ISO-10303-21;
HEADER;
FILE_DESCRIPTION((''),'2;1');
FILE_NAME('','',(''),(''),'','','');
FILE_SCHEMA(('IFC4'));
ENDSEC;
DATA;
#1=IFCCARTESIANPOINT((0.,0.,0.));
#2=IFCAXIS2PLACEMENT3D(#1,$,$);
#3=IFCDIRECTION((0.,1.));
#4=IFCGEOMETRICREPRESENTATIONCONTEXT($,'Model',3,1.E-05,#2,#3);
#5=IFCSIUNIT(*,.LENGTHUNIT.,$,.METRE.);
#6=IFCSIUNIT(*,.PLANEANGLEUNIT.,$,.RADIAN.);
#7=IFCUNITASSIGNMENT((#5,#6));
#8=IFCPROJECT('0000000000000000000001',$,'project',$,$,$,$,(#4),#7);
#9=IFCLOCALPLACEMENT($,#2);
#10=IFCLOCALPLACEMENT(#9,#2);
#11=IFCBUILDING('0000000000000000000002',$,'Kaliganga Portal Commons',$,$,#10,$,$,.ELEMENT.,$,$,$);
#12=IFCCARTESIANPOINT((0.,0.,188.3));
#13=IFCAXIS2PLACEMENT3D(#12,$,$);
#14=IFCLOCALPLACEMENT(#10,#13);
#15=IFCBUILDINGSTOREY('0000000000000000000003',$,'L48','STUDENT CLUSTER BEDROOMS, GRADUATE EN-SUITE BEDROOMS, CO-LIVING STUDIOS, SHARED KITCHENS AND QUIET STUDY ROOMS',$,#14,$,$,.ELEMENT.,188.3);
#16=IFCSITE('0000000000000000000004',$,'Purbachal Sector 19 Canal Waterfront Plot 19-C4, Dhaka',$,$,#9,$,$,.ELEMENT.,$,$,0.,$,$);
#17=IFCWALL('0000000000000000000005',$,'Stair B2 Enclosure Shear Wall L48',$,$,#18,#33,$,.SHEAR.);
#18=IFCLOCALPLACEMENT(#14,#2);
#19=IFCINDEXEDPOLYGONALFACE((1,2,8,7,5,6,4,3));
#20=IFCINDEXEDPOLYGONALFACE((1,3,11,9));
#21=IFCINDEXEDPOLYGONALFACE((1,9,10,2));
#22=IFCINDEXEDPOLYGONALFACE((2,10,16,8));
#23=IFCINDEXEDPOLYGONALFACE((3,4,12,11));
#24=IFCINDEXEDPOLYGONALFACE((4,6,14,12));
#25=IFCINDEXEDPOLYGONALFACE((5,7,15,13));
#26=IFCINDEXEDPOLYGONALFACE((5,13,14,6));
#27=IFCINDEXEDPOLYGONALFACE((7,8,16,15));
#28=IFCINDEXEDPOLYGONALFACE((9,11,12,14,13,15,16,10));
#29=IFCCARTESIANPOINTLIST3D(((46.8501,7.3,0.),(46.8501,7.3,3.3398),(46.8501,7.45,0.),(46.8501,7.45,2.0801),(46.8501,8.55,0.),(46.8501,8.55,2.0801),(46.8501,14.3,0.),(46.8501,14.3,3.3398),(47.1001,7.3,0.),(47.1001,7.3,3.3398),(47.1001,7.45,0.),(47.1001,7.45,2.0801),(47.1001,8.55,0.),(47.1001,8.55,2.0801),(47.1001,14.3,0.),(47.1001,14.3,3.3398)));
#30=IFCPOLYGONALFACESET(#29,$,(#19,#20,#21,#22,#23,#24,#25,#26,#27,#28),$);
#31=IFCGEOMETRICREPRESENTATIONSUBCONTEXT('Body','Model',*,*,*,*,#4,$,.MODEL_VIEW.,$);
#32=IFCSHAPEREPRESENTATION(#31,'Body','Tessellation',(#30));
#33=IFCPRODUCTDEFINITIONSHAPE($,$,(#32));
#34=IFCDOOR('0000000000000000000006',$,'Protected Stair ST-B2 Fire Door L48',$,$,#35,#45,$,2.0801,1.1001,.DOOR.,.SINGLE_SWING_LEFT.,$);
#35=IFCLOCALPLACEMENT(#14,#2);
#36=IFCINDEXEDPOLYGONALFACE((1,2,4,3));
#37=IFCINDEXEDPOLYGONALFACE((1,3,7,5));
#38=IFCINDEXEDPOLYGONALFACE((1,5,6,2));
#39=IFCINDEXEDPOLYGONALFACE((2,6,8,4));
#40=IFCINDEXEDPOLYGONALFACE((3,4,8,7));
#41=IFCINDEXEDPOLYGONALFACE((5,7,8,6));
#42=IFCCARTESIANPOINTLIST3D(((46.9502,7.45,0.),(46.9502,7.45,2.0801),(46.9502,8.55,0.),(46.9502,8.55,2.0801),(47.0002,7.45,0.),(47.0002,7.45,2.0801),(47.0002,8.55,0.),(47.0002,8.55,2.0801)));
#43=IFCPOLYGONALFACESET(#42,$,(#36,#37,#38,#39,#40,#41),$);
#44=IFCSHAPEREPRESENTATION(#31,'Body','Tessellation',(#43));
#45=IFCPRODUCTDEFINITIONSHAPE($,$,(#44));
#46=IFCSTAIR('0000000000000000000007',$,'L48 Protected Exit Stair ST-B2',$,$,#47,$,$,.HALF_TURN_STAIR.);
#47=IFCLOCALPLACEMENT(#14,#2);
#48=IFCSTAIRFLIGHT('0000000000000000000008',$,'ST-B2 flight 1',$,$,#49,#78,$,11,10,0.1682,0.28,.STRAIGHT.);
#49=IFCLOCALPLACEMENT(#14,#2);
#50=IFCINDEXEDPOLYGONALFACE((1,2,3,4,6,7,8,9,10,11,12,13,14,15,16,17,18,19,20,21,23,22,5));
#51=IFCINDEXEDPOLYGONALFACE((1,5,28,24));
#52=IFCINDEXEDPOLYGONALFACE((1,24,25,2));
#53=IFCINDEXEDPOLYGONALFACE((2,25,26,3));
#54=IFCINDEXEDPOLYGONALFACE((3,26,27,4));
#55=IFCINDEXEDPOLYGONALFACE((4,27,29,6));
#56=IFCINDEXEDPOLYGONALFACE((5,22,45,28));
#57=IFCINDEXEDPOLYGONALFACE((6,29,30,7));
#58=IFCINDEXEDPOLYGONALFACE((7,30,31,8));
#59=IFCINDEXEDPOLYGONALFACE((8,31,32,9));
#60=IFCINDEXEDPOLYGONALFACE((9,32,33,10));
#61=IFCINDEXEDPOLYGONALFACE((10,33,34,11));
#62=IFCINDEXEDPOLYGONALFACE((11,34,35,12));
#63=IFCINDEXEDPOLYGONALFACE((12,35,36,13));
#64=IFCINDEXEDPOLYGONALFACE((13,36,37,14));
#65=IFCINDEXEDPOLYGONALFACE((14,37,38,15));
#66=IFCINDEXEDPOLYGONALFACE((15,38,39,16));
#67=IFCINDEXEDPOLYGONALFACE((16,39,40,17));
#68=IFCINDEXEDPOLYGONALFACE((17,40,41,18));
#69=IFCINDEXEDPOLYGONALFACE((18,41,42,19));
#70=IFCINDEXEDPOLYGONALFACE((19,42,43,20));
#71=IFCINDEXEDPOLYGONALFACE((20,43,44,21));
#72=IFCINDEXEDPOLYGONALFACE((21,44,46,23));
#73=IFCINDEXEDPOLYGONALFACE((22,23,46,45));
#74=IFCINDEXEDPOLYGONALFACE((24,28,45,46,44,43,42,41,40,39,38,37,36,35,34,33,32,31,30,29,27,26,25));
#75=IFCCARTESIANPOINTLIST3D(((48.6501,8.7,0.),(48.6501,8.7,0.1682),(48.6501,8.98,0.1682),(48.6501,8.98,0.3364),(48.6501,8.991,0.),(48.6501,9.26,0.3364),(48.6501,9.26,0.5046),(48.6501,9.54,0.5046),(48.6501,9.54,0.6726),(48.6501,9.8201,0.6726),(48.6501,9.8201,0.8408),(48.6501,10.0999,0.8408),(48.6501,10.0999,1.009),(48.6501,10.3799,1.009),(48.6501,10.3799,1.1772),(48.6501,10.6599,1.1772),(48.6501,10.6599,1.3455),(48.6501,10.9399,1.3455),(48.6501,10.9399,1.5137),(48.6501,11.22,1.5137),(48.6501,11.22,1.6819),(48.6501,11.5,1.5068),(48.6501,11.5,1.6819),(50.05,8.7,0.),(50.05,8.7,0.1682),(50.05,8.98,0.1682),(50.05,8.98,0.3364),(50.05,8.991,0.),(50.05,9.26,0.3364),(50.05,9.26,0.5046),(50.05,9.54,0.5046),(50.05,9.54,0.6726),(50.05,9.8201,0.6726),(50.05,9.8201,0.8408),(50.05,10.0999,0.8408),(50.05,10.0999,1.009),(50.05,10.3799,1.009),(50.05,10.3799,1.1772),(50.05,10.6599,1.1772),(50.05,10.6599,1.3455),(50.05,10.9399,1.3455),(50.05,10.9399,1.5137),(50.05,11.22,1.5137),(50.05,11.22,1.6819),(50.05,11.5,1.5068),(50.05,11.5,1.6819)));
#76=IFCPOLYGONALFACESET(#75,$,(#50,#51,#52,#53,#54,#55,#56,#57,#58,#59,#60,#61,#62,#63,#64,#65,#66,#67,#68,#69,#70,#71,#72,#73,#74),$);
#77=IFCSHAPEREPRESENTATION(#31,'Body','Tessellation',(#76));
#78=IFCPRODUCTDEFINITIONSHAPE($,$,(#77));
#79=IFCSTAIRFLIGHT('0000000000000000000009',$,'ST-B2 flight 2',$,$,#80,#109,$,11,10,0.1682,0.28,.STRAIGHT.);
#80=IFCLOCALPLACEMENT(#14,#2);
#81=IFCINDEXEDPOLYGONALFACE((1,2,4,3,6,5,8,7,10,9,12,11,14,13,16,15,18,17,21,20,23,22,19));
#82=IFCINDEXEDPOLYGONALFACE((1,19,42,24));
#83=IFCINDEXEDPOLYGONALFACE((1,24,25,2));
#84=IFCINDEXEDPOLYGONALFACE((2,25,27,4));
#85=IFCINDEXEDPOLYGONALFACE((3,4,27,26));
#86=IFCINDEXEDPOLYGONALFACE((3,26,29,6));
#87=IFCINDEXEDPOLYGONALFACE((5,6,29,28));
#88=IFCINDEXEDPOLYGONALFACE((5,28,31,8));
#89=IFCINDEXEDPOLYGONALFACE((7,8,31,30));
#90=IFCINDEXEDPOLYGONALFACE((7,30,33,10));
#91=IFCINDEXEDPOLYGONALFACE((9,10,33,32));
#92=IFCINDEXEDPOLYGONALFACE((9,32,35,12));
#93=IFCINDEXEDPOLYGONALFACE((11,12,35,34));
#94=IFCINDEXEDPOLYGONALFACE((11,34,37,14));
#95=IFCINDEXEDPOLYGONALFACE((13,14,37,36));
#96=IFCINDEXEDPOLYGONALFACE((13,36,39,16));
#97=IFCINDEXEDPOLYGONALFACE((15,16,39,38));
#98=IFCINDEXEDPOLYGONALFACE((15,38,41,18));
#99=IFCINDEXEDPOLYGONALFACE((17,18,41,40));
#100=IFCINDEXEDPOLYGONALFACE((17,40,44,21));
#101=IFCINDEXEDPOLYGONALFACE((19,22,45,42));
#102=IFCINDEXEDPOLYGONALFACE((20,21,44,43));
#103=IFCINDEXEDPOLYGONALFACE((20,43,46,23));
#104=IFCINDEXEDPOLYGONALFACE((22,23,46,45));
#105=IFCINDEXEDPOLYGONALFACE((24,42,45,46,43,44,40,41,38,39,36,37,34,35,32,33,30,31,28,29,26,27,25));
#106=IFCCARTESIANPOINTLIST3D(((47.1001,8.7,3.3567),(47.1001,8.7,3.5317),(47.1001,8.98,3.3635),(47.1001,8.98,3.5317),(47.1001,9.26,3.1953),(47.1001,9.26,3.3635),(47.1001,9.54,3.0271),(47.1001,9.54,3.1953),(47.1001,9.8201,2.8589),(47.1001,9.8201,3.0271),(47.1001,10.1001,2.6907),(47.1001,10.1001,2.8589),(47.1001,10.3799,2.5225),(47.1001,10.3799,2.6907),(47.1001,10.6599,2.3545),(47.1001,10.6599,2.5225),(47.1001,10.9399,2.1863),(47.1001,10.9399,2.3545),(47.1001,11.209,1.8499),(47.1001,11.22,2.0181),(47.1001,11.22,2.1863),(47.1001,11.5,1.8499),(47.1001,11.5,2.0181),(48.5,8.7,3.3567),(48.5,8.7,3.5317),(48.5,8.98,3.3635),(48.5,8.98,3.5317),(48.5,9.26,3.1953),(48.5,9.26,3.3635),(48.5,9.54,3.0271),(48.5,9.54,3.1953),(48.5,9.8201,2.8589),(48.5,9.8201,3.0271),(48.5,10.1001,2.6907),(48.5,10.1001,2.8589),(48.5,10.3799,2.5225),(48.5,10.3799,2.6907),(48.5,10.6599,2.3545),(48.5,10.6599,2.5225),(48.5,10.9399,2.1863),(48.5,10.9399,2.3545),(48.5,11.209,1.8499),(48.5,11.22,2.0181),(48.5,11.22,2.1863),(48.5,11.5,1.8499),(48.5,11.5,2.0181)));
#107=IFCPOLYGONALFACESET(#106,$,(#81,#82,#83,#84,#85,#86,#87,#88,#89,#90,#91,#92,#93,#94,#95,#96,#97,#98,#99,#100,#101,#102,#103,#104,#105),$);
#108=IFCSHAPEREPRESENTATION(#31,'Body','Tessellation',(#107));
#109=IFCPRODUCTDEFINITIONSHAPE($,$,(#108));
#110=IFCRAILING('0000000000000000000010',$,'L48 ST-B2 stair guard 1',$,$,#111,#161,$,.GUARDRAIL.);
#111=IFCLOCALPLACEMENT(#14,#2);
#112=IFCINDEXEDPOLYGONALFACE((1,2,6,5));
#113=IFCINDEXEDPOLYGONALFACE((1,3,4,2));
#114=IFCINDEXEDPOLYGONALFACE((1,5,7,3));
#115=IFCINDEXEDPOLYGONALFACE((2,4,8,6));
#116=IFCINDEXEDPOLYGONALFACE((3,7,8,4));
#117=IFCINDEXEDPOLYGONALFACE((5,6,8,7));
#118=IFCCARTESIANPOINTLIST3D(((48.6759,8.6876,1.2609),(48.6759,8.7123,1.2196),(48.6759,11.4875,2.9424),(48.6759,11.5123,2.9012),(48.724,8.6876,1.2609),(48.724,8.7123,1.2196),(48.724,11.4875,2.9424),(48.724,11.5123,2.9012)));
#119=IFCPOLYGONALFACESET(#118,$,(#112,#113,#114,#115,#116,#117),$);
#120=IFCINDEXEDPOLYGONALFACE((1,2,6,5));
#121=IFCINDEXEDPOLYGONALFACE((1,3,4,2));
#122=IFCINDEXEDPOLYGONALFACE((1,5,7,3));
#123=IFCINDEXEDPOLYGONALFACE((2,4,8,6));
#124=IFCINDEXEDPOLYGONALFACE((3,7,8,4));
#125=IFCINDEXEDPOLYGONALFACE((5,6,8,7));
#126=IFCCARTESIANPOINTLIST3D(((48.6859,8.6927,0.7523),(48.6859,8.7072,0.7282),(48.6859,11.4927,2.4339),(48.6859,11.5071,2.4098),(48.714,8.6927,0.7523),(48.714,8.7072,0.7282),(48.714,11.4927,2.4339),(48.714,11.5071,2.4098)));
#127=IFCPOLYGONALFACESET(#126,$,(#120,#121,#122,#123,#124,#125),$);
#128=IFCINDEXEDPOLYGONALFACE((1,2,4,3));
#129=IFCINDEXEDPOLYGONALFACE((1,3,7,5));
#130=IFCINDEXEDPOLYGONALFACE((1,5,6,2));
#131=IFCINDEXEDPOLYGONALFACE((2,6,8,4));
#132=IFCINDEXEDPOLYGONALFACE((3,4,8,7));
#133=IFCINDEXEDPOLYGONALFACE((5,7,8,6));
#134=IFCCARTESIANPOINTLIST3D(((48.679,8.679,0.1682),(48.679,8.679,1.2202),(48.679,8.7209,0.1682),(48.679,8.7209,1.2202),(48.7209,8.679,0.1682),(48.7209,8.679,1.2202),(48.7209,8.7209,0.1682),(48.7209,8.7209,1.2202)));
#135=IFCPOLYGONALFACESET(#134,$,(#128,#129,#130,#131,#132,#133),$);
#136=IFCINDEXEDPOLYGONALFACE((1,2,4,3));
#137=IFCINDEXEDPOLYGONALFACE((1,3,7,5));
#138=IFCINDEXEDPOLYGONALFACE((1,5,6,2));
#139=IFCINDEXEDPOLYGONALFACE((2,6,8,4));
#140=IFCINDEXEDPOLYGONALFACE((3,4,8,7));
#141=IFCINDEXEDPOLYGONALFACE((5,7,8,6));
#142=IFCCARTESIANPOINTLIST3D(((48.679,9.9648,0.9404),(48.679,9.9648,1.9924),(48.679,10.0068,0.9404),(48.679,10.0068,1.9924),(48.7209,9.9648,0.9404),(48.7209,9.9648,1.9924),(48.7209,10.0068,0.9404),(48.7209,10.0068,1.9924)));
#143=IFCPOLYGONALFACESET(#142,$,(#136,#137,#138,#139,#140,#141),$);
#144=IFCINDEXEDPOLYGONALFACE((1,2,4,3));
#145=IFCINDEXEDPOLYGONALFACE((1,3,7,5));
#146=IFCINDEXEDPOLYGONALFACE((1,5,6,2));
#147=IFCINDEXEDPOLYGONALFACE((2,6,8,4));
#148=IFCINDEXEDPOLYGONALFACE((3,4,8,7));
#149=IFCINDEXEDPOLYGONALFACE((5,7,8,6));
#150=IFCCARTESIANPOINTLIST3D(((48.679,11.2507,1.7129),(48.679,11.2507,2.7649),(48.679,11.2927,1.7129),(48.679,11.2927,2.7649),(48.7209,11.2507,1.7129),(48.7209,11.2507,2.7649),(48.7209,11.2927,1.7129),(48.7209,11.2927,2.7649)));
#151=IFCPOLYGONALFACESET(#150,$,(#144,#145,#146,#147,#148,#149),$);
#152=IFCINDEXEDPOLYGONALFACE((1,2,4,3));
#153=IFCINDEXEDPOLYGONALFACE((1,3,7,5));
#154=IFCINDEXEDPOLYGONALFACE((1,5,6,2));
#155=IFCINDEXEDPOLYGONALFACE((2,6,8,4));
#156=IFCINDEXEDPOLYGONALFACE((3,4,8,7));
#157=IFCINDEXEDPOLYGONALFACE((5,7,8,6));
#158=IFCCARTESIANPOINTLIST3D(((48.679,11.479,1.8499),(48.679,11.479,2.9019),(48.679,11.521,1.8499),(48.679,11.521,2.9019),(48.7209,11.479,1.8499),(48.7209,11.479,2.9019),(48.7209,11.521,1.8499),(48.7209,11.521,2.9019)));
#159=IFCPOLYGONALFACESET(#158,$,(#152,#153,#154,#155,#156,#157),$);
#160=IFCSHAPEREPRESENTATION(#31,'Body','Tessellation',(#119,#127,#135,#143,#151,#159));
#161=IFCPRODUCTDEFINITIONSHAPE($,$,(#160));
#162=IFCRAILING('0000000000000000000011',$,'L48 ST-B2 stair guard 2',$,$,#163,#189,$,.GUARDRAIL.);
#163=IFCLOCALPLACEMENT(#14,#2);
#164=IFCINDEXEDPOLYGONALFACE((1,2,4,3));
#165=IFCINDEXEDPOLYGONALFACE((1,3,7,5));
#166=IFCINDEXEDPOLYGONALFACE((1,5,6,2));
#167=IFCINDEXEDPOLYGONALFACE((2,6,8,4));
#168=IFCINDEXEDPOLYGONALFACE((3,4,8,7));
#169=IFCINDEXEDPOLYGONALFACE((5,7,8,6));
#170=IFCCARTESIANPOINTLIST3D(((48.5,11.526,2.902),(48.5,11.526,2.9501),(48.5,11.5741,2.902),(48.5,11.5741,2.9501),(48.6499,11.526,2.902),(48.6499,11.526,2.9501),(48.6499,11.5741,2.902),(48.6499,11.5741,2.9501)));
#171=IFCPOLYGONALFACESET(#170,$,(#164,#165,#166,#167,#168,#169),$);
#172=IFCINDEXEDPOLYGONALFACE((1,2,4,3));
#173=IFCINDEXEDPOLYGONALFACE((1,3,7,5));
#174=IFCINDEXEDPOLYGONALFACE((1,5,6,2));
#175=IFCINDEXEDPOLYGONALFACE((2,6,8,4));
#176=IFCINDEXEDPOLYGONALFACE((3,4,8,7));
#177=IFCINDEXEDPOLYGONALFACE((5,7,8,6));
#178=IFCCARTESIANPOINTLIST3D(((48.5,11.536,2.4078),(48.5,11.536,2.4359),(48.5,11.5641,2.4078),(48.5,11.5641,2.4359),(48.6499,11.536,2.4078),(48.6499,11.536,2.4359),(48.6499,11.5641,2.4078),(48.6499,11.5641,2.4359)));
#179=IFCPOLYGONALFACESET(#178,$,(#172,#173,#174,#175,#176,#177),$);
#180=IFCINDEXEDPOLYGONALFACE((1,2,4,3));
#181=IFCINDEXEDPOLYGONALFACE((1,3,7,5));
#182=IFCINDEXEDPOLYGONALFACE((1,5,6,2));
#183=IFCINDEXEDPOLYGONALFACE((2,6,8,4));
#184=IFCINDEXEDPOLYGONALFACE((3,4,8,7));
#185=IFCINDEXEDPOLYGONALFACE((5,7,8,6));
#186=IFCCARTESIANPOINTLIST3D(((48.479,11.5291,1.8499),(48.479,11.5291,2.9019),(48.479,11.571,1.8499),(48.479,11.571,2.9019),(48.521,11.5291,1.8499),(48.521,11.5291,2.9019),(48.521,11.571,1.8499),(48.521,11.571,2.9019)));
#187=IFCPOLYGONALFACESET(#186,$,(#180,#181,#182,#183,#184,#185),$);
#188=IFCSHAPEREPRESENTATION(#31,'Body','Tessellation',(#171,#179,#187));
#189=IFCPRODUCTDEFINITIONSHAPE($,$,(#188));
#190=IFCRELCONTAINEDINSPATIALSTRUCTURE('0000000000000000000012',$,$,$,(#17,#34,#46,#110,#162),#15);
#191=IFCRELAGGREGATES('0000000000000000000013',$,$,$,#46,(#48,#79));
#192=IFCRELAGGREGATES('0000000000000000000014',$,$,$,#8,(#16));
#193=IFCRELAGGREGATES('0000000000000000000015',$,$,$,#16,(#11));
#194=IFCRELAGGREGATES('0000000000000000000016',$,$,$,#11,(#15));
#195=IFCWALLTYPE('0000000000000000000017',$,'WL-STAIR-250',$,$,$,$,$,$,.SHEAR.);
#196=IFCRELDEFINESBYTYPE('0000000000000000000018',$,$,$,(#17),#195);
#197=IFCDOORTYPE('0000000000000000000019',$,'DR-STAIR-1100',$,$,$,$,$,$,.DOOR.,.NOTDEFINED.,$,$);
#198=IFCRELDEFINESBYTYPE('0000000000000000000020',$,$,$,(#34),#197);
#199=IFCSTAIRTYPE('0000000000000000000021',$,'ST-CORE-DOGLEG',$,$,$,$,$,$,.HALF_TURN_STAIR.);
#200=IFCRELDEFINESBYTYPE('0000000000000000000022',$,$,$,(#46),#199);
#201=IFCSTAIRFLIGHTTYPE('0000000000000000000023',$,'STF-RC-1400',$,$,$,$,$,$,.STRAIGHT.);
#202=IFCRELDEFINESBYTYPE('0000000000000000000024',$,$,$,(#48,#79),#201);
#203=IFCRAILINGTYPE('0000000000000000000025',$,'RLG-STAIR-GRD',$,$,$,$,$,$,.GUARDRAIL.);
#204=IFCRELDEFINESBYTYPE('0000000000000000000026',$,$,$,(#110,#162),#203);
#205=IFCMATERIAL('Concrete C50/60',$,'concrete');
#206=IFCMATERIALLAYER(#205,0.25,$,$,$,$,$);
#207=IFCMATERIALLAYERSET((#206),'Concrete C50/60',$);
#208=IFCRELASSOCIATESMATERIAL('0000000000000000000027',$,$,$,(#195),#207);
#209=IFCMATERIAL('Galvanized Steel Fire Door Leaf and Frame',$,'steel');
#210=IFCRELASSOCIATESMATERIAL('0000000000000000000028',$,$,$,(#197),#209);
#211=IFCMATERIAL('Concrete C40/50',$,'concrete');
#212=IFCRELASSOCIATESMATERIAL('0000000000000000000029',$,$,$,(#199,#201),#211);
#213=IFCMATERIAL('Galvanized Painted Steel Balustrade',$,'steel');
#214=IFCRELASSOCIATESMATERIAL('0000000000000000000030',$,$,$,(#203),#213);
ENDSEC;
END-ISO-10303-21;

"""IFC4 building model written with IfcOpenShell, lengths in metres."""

from ifc_helpers import new_model, si_unit, direction, frame, frame_2d, origin, origin_2d, place, context, subcontext, project, spatial, polyline, rectangle, outline, extrude, material, layer, layer_set, type_object, element, fill, aggregate, save


model = new_model("IFC4")

# Units and contexts
model_context = context("Model", 3, precision=1e-05, world=origin(), true_north=direction((0.0, 1.0)))
body_context = subcontext(model_context, "Body", "Model", "MODEL_VIEW")
ifc_project = project(units=[si_unit("LENGTHUNIT", "METRE"), si_unit("PLANEANGLEUNIT", "RADIAN")], contexts=[model_context])

# Site, building, storey
site_placement = place(None, origin())
site = spatial("IfcSite", under=ifc_project, at=site_placement, Name="Purbachal Sector 19 Canal Waterfront Plot 19-C4, Dhaka", CompositionType="ELEMENT", RefElevation=0.0)
building_placement = place(site_placement, origin())
building = spatial("IfcBuilding", under=site, at=building_placement, Name="Kaliganga Portal Commons", CompositionType="ELEMENT")
storey_placement = place(building_placement, frame((0.0, 0.0, 188.3)))
storey = spatial("IfcBuildingStorey", under=building, at=storey_placement, Name="L48", Description="STUDENT CLUSTER BEDROOMS, GRADUATE EN-SUITE BEDROOMS, CO-LIVING STUDIOS, SHARED KITCHENS AND QUIET STUDY ROOMS", CompositionType="ELEMENT", Elevation=188.3)

# Wall, opening, door
ifc_material_1 = material(Name="Concrete C50/60", Category="concrete")
ifc_layer_1 = layer(ifc_material_1, 0.25)
ifc_layer_set_1 = layer_set([ifc_layer_1], Name="Concrete C50/60")
wall_type_1 = type_object("IfcWallType", Name="WL-STAIR-250", PredefinedType="SHEAR", material=ifc_layer_set_1)
wall_1_placement = place(storey_placement, frame((46.9751, 7.3, 0.0), z_axis=(0.0, 0.0, 1.0), x_axis=(0.0, 1.0, 0.0)))
wall_1 = element("IfcWall", 1, at=wall_1_placement, inside=storey, type_object=wall_type_1, Name="Stair B2 Enclosure Shear Wall L48", PredefinedType="SHEAR", context=body_context, shape_type="SweptSolid", body=[
    extrude(rectangle(XDim=7.0, YDim=0.25, at=frame_2d((3.5, 0.0))), origin(), (0.0, 0.0, 1.0), 3.3398),
])
opening_1_placement = place(wall_1_placement, frame((0.1499, 0.0, 0.0)))
opening_1 = element("IfcOpeningElement", 2, at=opening_1_placement, cuts=wall_1, PredefinedType="OPENING", context=body_context, shape_type="SweptSolid", body=[
    extrude(rectangle(XDim=1.1001, YDim=2.0801, at=frame_2d((0.55, 1.04))), frame((0.0, 0.135, 0.0), z_axis=(0.0, -1.0, 0.0), x_axis=(1.0, 0.0, 0.0)), (0.0, 0.0, 1.0), 0.27),
])
ifc_material_2 = material(Name="Galvanized Steel Fire Door Leaf and Frame", Category="steel")
door_type_1 = type_object("IfcDoorType", Name="DR-STAIR-1100", OperationType="NOTDEFINED", PredefinedType="DOOR", material=ifc_material_2)
door_1_placement = place(opening_1_placement, origin())
door_1 = element("IfcDoor", 3, at=door_1_placement, inside=storey, type_object=door_type_1, Name="Protected Stair ST-B2 Fire Door L48", OperationType="SINGLE_SWING_LEFT", OverallHeight=2.0801, OverallWidth=1.1001, PredefinedType="DOOR", context=body_context, shape_type="SweptSolid", body=[
    extrude(rectangle(XDim=1.1001, YDim=2.0801, at=frame_2d((0.55, 1.04))), frame((0.0, 0.0249, 0.0), z_axis=(0.0, -1.0, 0.0), x_axis=(1.0, 0.0, 0.0)), (0.0, 0.0, 1.0), 0.05),
])
fill(opening_1, door_1)

# Stair, stair flights
ifc_material_3 = material(Name="Concrete C40/50", Category="concrete")
stair_type = type_object("IfcStairType", Name="ST-CORE-DOGLEG", PredefinedType="HALF_TURN_STAIR", material=ifc_material_3)
stair_placement = place(storey_placement, origin())
stair = element("IfcStair", 4, at=stair_placement, inside=storey, type_object=stair_type, Name="L48 Protected Exit Stair ST-B2", PredefinedType="HALF_TURN_STAIR")
stair_flight_type = type_object("IfcStairFlightType", Name="STF-RC-1400", PredefinedType="STRAIGHT", material=ifc_material_3)
stair_flight_1_placement = place(storey_placement, frame((49.3501, 8.7, 0.0), z_axis=(0.0, 0.0, 1.0), x_axis=(0.0, 1.0, 0.0)))
stair_flight_1 = element("IfcStairFlight", 5, at=stair_flight_1_placement, type_object=stair_flight_type, Name="ST-B2 flight 1", NumberOfRisers=11, NumberOfTreads=10, PredefinedType="STRAIGHT", RiserHeight=0.1682, TreadLength=0.28, context=body_context, shape_type="SweptSolid", body=[
    extrude(outline(polyline([(0.0, 0.0), (0.0, 0.1682), (0.28, 0.1682), (0.28, 0.3364), (0.5601, 0.3364), (0.5601, 0.5046), (0.8401, 0.5046), (0.8401, 0.6726), (1.1201, 0.6726), (1.1201, 0.8408), (1.3999, 0.8408), (1.3999, 1.009), (1.6799, 1.009), (1.6799, 1.1772), (1.96, 1.1772), (1.96, 1.3455), (2.24, 1.3455), (2.24, 1.5137), (2.52, 1.5137), (2.52, 1.6819), (2.8, 1.6819), (2.8, 1.8501), (2.8, 1.5068), (0.291, 0.0), (0.0, 0.0)])), frame((0.0, 0.7, 0.0), z_axis=(0.0, -1.0, 0.0), x_axis=(1.0, 0.0, 0.0)), (0.0, 0.0, 1.0), 1.3999),
])
stair_flight_2_placement = place(storey_placement, frame((47.8, 11.5, 1.8499), z_axis=(0.0, 0.0, 1.0), x_axis=(0.0, -1.0, 0.0)))
stair_flight_2 = element("IfcStairFlight", 6, at=stair_flight_2_placement, type_object=stair_flight_type, Name="ST-B2 flight 2", NumberOfRisers=11, NumberOfTreads=10, PredefinedType="STRAIGHT", RiserHeight=0.1682, TreadLength=0.28, context=body_context, shape_type="SweptSolid", body=[
    extrude(outline(polyline([(0.0, 0.0), (0.0, 0.1682), (0.28, 0.1682), (0.28, 0.3364), (0.5601, 0.3364), (0.5601, 0.5046), (0.8401, 0.5046), (0.8401, 0.6726), (1.1201, 0.6726), (1.1201, 0.8408), (1.3999, 0.8408), (1.3999, 1.009), (1.6799, 1.009), (1.6799, 1.1772), (1.96, 1.1772), (1.96, 1.3455), (2.24, 1.3455), (2.24, 1.5137), (2.52, 1.5137), (2.52, 1.6819), (2.8, 1.6819), (2.8, 1.8501), (2.8, 1.5068), (0.291, 0.0), (0.0, 0.0)])), frame((0.0, 0.7, 0.0), z_axis=(0.0, -1.0, 0.0), x_axis=(1.0, 0.0, 0.0)), (0.0, 0.0, 1.0), 1.3999),
])
aggregate(stair, [stair_flight_1, stair_flight_2])

# Railings
ifc_material_4 = material(Name="Galvanized Painted Steel Balustrade", Category="steel")
railing_type_1 = type_object("IfcRailingType", Name="RLG-STAIR-GRD", PredefinedType="GUARDRAIL", material=ifc_material_4)
railing_1_placement = place(storey_placement, frame((48.7, 8.7, 0.1682)))
element("IfcRailing", 7, at=railing_1_placement, inside=storey, type_object=railing_type_1, Name="L48 ST-B2 stair guard 1", PredefinedType="GUARDRAIL", context=body_context, shape_type="SweptSolid", body=[
    extrude(rectangle(XDim=0.0481, YDim=0.0481, at=origin_2d()), frame((0.0, 0.0, 1.072), z_axis=(0.0, 0.857275, 0.514858), x_axis=(-1.0, 0.0, 0.0)), (0.0, 0.0, 1.0), 3.2661),
    extrude(rectangle(XDim=0.0281, YDim=0.0281, at=origin_2d()), frame((0.0, 0.0, 0.572), z_axis=(0.0, 0.857275, 0.514858), x_axis=(-1.0, 0.0, 0.0)), (0.0, 0.0, 1.0), 3.2661),
    extrude(rectangle(XDim=0.042, YDim=0.042, at=origin_2d()), origin(), (0.0, 0.0, 1.0), 1.052),
    extrude(rectangle(XDim=0.042, YDim=0.042, at=origin_2d()), frame((0.0, 1.2859, 0.7722)), (0.0, 0.0, 1.0), 1.052),
    extrude(rectangle(XDim=0.042, YDim=0.042, at=origin_2d()), frame((0.0, 2.5718, 1.5447)), (0.0, 0.0, 1.0), 1.052),
    extrude(rectangle(XDim=0.042, YDim=0.042, at=origin_2d()), frame((0.0, 2.8, 1.6816)), (0.0, 0.0, 1.0), 1.052),
])
railing_2_placement = place(storey_placement, frame((48.6499, 11.55, 1.8499)))
element("IfcRailing", 8, at=railing_2_placement, inside=storey, type_object=railing_type_1, Name="L48 ST-B2 stair guard 2", PredefinedType="GUARDRAIL", context=body_context, shape_type="SweptSolid", body=[
    extrude(rectangle(XDim=0.0481, YDim=0.0481, at=origin_2d()), frame((0.0, 0.0, 1.0762), z_axis=(-1.0, 0.0, 0.0), x_axis=(0.0, -1.0, 0.0)), (0.0, 0.0, 1.0), 0.1499),
    extrude(rectangle(XDim=0.0281, YDim=0.0281, at=origin_2d()), frame((0.0, 0.0, 0.572), z_axis=(-1.0, 0.0, 0.0), x_axis=(0.0, -1.0, 0.0)), (0.0, 0.0, 1.0), 0.1499),
    extrude(rectangle(XDim=0.042, YDim=0.042, at=origin_2d()), frame((-0.1499, 0.0, 0.0)), (0.0, 0.0, 1.0), 1.052),
])

save(model, "model.ifc")
